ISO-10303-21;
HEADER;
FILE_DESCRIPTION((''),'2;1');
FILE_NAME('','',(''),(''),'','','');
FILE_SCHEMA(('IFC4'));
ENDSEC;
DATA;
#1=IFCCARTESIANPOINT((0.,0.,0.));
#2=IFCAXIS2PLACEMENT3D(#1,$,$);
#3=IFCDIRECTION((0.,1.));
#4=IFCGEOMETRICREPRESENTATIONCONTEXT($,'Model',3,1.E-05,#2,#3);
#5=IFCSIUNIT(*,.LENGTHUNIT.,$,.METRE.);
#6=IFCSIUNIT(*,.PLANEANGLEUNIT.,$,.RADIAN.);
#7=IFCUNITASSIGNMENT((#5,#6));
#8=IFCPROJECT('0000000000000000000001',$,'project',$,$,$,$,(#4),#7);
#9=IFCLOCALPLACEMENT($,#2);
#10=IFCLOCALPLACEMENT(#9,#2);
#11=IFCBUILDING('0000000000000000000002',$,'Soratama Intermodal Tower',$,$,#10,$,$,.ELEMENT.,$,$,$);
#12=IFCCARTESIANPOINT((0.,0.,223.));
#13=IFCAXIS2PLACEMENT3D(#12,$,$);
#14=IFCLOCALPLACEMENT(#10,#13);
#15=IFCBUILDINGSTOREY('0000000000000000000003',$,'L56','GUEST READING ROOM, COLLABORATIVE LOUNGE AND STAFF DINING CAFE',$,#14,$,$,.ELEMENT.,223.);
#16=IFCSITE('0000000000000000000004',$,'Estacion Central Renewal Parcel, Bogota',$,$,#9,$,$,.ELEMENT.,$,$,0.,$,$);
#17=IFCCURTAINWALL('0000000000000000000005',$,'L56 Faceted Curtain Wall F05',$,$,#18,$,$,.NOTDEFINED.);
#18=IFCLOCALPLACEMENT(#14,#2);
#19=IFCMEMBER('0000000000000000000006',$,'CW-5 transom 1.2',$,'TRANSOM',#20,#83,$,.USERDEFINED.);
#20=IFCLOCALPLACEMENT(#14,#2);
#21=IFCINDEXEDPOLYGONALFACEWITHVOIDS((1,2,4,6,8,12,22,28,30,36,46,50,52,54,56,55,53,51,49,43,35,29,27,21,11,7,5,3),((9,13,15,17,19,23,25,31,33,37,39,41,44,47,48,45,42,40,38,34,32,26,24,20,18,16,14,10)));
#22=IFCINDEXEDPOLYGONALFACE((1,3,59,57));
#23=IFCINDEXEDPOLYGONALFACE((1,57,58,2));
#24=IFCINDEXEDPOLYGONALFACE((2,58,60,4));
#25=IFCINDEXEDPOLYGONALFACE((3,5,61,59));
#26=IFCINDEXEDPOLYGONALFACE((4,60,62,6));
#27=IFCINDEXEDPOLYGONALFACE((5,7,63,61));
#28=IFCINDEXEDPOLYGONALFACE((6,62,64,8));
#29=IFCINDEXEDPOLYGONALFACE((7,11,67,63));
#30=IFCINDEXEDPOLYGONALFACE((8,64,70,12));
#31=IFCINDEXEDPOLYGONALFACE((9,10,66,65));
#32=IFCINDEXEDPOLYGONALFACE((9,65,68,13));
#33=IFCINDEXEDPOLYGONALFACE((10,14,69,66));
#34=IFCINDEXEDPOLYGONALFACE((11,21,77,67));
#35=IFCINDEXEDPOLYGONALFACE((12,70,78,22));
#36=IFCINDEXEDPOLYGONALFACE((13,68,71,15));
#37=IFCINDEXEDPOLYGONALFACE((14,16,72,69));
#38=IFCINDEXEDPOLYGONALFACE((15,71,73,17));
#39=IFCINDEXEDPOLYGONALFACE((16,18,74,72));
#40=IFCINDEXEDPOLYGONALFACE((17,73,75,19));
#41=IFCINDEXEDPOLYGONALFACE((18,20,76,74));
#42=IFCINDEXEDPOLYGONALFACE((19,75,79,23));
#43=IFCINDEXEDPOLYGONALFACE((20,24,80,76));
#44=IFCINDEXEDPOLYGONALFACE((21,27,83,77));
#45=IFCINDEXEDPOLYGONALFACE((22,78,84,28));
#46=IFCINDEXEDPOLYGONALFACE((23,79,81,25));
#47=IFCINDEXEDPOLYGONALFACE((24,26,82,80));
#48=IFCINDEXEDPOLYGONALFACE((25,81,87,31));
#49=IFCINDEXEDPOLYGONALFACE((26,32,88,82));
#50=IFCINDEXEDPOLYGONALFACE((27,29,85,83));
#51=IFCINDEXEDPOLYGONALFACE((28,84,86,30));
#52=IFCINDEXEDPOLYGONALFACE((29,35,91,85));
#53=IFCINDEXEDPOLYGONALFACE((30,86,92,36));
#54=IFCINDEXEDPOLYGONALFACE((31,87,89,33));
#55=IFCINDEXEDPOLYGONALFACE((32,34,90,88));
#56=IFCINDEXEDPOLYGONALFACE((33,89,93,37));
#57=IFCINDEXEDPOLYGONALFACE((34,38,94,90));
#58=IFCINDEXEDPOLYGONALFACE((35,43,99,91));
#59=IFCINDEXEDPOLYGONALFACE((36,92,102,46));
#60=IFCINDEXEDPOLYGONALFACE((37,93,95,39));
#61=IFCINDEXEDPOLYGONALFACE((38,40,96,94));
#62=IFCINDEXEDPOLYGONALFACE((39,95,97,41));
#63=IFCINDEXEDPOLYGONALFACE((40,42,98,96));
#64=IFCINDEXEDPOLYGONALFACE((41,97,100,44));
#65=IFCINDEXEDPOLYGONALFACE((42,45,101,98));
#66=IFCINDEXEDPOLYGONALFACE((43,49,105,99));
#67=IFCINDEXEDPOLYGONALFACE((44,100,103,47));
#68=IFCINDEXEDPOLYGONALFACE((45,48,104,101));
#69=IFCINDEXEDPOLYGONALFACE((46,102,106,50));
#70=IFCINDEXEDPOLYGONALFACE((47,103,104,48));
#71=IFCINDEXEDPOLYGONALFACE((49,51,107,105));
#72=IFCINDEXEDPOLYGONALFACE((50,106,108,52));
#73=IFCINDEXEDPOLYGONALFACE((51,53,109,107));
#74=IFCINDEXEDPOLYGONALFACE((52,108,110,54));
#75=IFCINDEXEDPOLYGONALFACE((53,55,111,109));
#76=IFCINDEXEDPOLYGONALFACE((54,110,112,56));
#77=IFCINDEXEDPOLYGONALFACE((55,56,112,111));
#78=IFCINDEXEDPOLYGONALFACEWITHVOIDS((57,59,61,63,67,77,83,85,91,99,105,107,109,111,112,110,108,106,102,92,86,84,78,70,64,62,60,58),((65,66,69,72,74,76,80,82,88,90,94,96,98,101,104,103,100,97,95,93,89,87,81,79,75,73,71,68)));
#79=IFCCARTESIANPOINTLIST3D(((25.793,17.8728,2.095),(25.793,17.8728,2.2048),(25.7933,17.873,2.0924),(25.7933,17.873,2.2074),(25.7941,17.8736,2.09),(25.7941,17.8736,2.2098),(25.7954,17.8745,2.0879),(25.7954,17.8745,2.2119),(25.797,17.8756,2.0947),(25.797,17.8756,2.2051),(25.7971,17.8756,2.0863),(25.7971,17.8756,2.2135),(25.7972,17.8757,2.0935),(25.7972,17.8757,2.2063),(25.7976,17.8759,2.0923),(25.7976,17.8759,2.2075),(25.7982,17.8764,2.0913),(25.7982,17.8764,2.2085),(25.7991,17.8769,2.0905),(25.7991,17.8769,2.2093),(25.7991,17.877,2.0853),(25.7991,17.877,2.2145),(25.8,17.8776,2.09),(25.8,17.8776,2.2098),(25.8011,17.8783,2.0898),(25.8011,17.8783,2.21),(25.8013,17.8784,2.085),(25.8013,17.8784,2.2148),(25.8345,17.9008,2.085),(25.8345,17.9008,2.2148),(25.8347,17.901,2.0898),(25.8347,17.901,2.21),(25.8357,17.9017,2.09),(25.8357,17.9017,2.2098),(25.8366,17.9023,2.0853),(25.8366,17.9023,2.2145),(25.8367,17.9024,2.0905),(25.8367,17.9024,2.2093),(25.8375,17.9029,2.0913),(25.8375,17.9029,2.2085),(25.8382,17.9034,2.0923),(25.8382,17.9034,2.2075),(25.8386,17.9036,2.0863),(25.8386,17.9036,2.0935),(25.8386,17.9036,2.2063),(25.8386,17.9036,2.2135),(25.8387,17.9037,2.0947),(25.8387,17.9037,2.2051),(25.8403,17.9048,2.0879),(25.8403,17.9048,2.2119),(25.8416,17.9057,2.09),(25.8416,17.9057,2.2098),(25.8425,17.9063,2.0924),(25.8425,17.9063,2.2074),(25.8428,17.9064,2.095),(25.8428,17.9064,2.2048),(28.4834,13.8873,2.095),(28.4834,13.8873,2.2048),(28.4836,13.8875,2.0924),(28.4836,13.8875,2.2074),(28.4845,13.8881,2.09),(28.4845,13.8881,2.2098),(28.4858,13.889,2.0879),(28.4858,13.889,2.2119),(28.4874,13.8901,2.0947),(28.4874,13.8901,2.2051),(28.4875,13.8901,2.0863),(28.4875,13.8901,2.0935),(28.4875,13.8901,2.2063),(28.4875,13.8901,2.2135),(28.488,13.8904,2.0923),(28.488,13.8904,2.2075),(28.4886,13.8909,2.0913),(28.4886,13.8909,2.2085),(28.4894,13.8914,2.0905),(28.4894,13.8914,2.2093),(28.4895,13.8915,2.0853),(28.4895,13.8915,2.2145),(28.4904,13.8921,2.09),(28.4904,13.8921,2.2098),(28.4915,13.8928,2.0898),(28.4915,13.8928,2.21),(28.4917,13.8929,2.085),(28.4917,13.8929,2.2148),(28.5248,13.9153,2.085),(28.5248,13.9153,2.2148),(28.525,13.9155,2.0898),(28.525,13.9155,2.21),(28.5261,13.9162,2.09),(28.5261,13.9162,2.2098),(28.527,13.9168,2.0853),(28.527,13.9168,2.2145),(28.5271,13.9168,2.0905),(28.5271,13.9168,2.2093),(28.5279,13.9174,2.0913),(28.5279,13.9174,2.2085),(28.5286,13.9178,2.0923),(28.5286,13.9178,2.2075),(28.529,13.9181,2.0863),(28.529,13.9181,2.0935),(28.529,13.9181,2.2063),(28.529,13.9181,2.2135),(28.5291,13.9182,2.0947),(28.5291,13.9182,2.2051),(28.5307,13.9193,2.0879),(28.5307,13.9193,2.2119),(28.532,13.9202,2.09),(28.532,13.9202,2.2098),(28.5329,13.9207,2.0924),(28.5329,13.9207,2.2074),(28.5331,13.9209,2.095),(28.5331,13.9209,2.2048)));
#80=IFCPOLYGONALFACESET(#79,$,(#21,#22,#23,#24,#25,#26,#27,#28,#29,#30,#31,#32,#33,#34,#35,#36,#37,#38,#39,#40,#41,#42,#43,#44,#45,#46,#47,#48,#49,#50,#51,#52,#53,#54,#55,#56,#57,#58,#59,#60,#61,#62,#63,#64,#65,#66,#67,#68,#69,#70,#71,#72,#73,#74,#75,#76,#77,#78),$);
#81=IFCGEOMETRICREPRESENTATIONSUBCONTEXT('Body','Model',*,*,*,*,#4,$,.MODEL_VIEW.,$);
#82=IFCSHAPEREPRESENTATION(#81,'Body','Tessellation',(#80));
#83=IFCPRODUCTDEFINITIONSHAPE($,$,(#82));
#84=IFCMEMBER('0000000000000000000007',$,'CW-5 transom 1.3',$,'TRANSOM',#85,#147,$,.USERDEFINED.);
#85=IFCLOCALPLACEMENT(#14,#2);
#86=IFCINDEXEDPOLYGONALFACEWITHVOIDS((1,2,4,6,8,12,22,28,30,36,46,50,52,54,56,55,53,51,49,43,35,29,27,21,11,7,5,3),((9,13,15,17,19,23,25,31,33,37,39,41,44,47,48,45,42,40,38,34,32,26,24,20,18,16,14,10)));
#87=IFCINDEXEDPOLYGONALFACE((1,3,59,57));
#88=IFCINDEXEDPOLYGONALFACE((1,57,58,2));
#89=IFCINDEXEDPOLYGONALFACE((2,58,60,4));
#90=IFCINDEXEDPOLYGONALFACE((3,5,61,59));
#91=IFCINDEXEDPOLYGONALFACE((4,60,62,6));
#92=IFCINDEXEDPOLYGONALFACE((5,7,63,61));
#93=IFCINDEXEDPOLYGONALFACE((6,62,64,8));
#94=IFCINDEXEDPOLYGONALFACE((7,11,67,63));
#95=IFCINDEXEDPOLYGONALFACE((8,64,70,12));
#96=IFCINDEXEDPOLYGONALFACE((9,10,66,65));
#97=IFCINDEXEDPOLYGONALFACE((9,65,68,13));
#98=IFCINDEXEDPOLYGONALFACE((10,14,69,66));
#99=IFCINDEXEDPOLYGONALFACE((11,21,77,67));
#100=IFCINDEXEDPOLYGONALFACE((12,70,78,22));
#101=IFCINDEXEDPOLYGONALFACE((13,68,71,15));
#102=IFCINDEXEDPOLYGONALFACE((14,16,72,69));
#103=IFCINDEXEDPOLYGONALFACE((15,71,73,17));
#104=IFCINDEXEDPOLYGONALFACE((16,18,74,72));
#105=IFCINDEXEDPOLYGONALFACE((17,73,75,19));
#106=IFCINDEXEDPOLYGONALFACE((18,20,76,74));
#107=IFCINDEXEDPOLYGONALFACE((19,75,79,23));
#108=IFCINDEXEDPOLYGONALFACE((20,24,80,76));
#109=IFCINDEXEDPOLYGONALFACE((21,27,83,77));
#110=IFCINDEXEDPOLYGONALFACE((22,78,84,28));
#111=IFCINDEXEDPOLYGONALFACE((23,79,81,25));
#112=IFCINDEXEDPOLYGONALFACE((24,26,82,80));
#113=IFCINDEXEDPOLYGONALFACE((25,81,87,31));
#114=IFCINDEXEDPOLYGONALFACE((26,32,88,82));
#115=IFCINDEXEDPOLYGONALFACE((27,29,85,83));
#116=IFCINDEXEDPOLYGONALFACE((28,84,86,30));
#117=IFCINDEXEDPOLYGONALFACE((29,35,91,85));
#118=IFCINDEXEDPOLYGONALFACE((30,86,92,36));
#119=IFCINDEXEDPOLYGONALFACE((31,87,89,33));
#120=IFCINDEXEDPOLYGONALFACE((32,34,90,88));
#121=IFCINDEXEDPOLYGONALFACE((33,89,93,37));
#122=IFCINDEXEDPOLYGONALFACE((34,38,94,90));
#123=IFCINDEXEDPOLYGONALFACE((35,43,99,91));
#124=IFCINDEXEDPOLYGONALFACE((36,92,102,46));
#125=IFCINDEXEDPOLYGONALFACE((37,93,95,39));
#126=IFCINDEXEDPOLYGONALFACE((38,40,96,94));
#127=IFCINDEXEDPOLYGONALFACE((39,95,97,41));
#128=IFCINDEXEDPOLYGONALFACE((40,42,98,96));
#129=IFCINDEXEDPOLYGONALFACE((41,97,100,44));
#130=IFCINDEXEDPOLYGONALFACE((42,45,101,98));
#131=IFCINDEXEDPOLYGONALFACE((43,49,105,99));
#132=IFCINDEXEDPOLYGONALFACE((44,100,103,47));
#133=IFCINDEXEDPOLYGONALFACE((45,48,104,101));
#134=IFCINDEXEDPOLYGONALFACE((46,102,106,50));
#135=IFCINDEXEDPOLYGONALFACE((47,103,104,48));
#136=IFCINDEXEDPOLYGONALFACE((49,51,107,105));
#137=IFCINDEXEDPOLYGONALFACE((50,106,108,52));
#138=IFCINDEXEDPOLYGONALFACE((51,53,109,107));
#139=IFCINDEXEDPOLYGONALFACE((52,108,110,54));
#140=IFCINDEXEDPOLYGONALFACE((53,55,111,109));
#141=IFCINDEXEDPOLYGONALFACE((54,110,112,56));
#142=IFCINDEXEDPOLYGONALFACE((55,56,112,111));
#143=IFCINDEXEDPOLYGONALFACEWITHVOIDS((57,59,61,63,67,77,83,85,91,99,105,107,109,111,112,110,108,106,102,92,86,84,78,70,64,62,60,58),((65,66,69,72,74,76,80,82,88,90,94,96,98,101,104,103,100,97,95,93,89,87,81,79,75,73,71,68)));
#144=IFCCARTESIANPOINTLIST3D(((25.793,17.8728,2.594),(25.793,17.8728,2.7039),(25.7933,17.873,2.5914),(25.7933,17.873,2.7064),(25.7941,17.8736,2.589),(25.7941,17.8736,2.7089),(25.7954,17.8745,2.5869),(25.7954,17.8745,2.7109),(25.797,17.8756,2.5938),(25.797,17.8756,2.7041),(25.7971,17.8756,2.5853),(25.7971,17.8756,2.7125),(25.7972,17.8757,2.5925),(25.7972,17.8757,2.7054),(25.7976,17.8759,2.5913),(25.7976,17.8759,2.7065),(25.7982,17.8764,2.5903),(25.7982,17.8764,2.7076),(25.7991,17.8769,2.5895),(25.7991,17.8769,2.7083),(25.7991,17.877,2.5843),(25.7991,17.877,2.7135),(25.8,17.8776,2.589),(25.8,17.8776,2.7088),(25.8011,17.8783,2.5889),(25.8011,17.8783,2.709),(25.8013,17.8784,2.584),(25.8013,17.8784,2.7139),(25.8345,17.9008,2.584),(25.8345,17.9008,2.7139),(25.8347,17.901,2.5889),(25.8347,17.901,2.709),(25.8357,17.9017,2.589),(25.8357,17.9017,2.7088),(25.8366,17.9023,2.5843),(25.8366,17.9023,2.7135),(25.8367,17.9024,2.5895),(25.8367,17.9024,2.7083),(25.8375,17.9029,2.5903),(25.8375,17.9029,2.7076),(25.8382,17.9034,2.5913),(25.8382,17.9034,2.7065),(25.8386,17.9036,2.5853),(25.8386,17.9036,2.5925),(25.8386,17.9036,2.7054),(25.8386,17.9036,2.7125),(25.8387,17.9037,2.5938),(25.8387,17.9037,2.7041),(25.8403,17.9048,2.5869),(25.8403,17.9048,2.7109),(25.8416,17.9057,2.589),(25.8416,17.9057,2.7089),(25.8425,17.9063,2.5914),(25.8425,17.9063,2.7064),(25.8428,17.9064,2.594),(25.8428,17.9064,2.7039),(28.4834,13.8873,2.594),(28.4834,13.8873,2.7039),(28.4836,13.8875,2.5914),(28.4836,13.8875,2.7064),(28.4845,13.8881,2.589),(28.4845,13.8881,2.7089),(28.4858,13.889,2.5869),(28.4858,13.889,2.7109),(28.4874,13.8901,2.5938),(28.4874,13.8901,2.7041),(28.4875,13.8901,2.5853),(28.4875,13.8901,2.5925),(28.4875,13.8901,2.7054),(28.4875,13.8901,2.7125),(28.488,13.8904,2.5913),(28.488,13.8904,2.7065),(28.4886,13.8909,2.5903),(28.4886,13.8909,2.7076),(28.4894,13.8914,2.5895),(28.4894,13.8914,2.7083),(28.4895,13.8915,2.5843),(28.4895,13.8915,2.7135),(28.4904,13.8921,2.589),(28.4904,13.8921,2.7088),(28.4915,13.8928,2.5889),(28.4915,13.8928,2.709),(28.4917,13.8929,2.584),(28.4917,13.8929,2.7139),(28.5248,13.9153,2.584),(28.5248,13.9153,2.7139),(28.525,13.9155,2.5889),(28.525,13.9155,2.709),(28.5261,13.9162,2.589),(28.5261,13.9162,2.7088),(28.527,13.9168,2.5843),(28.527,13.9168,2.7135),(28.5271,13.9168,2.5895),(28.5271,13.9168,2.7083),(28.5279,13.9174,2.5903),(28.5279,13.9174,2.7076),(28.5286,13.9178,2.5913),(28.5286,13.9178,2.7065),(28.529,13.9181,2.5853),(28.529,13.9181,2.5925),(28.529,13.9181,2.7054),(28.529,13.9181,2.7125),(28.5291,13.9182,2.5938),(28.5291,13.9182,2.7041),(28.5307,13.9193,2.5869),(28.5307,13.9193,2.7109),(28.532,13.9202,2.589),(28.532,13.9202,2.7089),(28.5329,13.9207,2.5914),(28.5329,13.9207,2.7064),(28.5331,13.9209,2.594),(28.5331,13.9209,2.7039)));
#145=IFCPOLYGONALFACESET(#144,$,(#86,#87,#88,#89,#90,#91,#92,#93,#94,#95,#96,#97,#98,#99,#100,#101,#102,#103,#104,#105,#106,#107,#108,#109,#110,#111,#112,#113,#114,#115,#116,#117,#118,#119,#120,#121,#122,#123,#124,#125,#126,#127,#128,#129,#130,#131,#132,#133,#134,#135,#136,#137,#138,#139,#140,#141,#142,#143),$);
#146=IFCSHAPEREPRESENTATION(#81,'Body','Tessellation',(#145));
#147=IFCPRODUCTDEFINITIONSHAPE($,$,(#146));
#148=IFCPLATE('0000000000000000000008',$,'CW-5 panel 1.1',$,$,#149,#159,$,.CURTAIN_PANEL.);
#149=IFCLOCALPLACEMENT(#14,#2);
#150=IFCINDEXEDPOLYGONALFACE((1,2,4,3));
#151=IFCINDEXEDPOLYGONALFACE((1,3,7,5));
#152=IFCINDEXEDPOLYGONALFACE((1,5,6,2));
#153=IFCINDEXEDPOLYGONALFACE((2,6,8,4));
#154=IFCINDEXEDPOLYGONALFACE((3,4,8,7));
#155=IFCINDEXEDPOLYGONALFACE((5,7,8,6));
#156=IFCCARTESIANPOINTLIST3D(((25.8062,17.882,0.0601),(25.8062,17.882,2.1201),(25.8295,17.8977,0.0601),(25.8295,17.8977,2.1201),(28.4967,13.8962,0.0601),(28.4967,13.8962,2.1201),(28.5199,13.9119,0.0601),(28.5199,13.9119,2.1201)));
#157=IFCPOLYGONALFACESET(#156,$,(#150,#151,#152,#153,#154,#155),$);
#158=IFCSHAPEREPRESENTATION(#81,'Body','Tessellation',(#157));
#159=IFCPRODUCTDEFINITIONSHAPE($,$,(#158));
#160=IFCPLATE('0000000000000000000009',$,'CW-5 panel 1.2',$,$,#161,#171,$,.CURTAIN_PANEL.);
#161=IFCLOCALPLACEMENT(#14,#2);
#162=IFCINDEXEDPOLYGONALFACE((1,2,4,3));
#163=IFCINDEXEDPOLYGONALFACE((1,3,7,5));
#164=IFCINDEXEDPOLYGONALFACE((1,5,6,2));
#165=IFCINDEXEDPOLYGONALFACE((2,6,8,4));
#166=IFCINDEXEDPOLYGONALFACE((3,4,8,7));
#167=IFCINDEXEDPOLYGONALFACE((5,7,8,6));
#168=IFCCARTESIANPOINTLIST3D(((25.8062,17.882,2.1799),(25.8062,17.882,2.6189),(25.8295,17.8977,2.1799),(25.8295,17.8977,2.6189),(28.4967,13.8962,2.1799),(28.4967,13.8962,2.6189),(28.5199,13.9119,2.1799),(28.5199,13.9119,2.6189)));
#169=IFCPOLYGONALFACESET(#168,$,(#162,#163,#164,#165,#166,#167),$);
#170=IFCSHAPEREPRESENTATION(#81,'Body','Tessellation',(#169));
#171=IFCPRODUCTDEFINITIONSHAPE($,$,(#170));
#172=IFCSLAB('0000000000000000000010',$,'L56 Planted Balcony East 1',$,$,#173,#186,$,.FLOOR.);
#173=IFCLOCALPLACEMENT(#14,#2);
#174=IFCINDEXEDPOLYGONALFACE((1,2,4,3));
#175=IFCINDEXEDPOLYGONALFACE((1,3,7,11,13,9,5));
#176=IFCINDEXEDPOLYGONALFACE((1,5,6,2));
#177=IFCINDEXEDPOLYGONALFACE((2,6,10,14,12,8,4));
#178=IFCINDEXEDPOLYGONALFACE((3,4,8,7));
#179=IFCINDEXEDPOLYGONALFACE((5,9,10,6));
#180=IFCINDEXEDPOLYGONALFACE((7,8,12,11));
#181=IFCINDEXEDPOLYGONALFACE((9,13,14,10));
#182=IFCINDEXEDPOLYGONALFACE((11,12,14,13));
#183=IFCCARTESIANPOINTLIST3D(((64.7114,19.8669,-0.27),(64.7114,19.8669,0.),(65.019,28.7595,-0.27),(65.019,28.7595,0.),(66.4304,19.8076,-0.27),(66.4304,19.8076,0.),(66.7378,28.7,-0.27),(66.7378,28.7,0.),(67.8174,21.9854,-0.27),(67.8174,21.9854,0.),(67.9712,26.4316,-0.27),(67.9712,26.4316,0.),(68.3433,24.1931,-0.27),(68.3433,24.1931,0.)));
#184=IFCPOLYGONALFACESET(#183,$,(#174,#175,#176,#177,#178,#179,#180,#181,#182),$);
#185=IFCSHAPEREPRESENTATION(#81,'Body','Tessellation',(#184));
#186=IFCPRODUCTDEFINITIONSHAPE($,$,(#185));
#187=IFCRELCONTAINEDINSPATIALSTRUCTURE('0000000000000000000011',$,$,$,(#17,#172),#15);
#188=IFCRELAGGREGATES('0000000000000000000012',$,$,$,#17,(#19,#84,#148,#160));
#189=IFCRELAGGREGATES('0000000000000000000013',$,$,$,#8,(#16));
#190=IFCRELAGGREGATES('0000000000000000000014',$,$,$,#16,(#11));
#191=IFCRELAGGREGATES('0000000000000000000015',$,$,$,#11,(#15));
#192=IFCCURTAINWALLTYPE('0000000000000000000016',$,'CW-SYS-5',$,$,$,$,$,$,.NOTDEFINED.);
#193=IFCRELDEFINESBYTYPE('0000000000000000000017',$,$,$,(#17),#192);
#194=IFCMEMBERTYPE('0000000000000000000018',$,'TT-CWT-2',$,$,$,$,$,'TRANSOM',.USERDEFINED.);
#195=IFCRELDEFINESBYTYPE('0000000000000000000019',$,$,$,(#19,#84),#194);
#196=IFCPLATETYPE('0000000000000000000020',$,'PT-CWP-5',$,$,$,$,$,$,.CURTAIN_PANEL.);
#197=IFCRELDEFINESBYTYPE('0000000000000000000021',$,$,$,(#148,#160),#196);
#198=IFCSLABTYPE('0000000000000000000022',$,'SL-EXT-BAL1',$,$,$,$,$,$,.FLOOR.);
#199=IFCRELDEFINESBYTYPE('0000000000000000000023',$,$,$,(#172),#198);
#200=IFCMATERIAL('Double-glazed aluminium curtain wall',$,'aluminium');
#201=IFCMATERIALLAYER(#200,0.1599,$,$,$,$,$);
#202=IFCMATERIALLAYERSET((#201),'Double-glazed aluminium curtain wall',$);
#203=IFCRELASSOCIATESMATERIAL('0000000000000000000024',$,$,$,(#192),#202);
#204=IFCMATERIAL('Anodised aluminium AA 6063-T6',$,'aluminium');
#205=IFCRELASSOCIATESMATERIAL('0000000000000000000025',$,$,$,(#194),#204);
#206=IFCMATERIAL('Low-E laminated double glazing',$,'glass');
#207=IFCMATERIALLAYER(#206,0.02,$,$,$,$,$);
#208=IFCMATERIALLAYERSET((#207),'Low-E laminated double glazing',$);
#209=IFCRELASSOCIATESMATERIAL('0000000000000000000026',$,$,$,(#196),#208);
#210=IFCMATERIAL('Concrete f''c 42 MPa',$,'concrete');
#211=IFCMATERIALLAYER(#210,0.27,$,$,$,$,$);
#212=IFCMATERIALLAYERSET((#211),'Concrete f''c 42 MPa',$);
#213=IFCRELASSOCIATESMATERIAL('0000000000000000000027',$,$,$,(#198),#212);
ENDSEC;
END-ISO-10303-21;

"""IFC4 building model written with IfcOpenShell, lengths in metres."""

from ifc_helpers import new_model, si_unit, direction, frame, origin, origin_2d, place, context, subcontext, project, spatial, polyline, rectangle, hollow_rectangle, outline, extrude, material, layer, layer_set, material_profile, profile_set, type_object, element, aggregate, save


model = new_model("IFC4")

# Units and contexts
model_context = context("Model", 3, precision=1e-05, world=origin(), true_north=direction((0.0, 1.0)))
body_context = subcontext(model_context, "Body", "Model", "MODEL_VIEW")
ifc_project = project(units=[si_unit("LENGTHUNIT", "METRE"), si_unit("PLANEANGLEUNIT", "RADIAN")], contexts=[model_context])

# Site, building, storey
site_placement = place(None, origin())
site = spatial("IfcSite", under=ifc_project, at=site_placement, Name="Estacion Central Renewal Parcel, Bogota", CompositionType="ELEMENT", RefElevation=0.0)
building_placement = place(site_placement, origin())
building = spatial("IfcBuilding", under=site, at=building_placement, Name="Soratama Intermodal Tower", CompositionType="ELEMENT")
storey_placement = place(building_placement, frame((0.0, 0.0, 223.0)))
storey = spatial("IfcBuildingStorey", under=building, at=storey_placement, Name="L56", Description="GUEST READING ROOM, COLLABORATIVE LOUNGE AND STAFF DINING CAFE", CompositionType="ELEMENT", Elevation=223.0)

# Curtain wall, members, plates
ifc_material_1 = material(Name="Double-glazed aluminium curtain wall", Category="aluminium")
ifc_layer_1 = layer(ifc_material_1, 0.1599)
ifc_layer_set_1 = layer_set([ifc_layer_1], Name="Double-glazed aluminium curtain wall")
curtain_wall_type = type_object("IfcCurtainWallType", Name="CW-SYS-5", PredefinedType="NOTDEFINED", material=ifc_layer_set_1)
curtain_wall_placement = place(storey_placement, origin())
curtain_wall = element("IfcCurtainWall", 1, at=curtain_wall_placement, inside=storey, type_object=curtain_wall_type, Name="L56 Faceted Curtain Wall F05", PredefinedType="NOTDEFINED")
ifc_material_2 = material(Name="Anodised aluminium AA 6063-T6", Category="aluminium")
ifc_material_profile_1 = material_profile(ifc_material_2, hollow_rectangle(XDim=0.0601, YDim=0.1299, WallThickness=0.0049, InnerFilletRadius=0.0049, OuterFilletRadius=0.01, at=origin_2d()), Name="CWT130X60X5")
ifc_profile_set_1 = profile_set([ifc_material_profile_1], Name="Anodised aluminium AA 6063-T6")
member_type_1 = type_object("IfcMemberType", Name="TT-CWT-2", ElementType="TRANSOM", PredefinedType="USERDEFINED", material=ifc_profile_set_1)
member_1_placement = place(storey_placement, frame((25.8179, 17.8896, 2.1499), z_axis=(0.559495, -0.828834, 0.0), x_axis=(0.828834, 0.559495, 0.0)))
member_1 = element("IfcMember", 2, at=member_1_placement, type_object=member_type_1, Name="CW-5 transom 1.2", ObjectType="TRANSOM", PredefinedType="USERDEFINED", context=body_context, shape_type="SweptSolid", body=[
    extrude(hollow_rectangle(XDim=0.0601, YDim=0.1299, WallThickness=0.0049, InnerFilletRadius=0.0049, OuterFilletRadius=0.01, at=origin_2d()), origin(), (0.0, 0.0, 1.0), 4.8086),
])
member_2_placement = place(storey_placement, frame((25.8179, 17.8896, 2.6489), z_axis=(0.559495, -0.828834, 0.0), x_axis=(0.828834, 0.559495, 0.0)))
member_2 = element("IfcMember", 3, at=member_2_placement, type_object=member_type_1, Name="CW-5 transom 1.3", ObjectType="TRANSOM", PredefinedType="USERDEFINED", context=body_context, shape_type="SweptSolid", body=[
    extrude(hollow_rectangle(XDim=0.0601, YDim=0.1299, WallThickness=0.0049, InnerFilletRadius=0.0049, OuterFilletRadius=0.01, at=origin_2d()), origin(), (0.0, 0.0, 1.0), 4.8086),
])
ifc_material_3 = material(Name="Low-E laminated double glazing", Category="glass")
ifc_layer_2 = layer(ifc_material_3, 0.02)
ifc_layer_set_2 = layer_set([ifc_layer_2], Name="Low-E laminated double glazing")
plate_type = type_object("IfcPlateType", Name="PT-CWP-5", PredefinedType="CURTAIN_PANEL", material=ifc_layer_set_2)
plate_1_placement = place(storey_placement, frame((27.1631, 15.897, 0.0601), z_axis=(0.0, 0.0, 1.0), x_axis=(0.559482, -0.828843, 0.0)))
plate_1 = element("IfcPlate", 4, at=plate_1_placement, type_object=plate_type, Name="CW-5 panel 1.1", PredefinedType="CURTAIN_PANEL", context=body_context, shape_type="SweptSolid", body=[
    extrude(rectangle(XDim=4.8088, YDim=0.0281, at=origin_2d()), origin(), (0.0, 0.0, 1.0), 2.0601),
])
plate_2_placement = place(storey_placement, frame((27.1631, 15.897, 2.1799), z_axis=(0.0, 0.0, 1.0), x_axis=(0.559482, -0.828843, 0.0)))
plate_2 = element("IfcPlate", 5, at=plate_2_placement, type_object=plate_type, Name="CW-5 panel 1.2", PredefinedType="CURTAIN_PANEL", context=body_context, shape_type="SweptSolid", body=[
    extrude(rectangle(XDim=4.8088, YDim=0.0281, at=origin_2d()), origin(), (0.0, 0.0, 1.0), 0.439),
])
aggregate(curtain_wall, [member_1, member_2, plate_1, plate_2])

# Slab
ifc_material_4 = material(Name="Concrete f'c 42 MPa", Category="concrete")
ifc_layer_3 = layer(ifc_material_4, 0.27)
ifc_layer_set_3 = layer_set([ifc_layer_3], Name="Concrete f'c 42 MPa")
slab_type_1 = type_object("IfcSlabType", Name="SL-EXT-BAL1", PredefinedType="FLOOR", material=ifc_layer_set_3)
slab_1_placement = place(storey_placement, frame((0.0, 0.0, -0.27)))
element("IfcSlab", 6, at=slab_1_placement, inside=storey, type_object=slab_type_1, Name="L56 Planted Balcony East 1", PredefinedType="FLOOR", context=body_context, shape_type="SweptSolid", body=[
    extrude(outline(polyline([(64.7114, 19.8669), (65.019, 28.7595), (66.7378, 28.7), (67.9712, 26.4316), (68.3433, 24.1931), (67.8174, 21.9854), (66.4304, 19.8076), (64.7114, 19.8669)])), origin(), (0.0, 0.0, 1.0), 0.27),
])

save(model, "model.ifc")
